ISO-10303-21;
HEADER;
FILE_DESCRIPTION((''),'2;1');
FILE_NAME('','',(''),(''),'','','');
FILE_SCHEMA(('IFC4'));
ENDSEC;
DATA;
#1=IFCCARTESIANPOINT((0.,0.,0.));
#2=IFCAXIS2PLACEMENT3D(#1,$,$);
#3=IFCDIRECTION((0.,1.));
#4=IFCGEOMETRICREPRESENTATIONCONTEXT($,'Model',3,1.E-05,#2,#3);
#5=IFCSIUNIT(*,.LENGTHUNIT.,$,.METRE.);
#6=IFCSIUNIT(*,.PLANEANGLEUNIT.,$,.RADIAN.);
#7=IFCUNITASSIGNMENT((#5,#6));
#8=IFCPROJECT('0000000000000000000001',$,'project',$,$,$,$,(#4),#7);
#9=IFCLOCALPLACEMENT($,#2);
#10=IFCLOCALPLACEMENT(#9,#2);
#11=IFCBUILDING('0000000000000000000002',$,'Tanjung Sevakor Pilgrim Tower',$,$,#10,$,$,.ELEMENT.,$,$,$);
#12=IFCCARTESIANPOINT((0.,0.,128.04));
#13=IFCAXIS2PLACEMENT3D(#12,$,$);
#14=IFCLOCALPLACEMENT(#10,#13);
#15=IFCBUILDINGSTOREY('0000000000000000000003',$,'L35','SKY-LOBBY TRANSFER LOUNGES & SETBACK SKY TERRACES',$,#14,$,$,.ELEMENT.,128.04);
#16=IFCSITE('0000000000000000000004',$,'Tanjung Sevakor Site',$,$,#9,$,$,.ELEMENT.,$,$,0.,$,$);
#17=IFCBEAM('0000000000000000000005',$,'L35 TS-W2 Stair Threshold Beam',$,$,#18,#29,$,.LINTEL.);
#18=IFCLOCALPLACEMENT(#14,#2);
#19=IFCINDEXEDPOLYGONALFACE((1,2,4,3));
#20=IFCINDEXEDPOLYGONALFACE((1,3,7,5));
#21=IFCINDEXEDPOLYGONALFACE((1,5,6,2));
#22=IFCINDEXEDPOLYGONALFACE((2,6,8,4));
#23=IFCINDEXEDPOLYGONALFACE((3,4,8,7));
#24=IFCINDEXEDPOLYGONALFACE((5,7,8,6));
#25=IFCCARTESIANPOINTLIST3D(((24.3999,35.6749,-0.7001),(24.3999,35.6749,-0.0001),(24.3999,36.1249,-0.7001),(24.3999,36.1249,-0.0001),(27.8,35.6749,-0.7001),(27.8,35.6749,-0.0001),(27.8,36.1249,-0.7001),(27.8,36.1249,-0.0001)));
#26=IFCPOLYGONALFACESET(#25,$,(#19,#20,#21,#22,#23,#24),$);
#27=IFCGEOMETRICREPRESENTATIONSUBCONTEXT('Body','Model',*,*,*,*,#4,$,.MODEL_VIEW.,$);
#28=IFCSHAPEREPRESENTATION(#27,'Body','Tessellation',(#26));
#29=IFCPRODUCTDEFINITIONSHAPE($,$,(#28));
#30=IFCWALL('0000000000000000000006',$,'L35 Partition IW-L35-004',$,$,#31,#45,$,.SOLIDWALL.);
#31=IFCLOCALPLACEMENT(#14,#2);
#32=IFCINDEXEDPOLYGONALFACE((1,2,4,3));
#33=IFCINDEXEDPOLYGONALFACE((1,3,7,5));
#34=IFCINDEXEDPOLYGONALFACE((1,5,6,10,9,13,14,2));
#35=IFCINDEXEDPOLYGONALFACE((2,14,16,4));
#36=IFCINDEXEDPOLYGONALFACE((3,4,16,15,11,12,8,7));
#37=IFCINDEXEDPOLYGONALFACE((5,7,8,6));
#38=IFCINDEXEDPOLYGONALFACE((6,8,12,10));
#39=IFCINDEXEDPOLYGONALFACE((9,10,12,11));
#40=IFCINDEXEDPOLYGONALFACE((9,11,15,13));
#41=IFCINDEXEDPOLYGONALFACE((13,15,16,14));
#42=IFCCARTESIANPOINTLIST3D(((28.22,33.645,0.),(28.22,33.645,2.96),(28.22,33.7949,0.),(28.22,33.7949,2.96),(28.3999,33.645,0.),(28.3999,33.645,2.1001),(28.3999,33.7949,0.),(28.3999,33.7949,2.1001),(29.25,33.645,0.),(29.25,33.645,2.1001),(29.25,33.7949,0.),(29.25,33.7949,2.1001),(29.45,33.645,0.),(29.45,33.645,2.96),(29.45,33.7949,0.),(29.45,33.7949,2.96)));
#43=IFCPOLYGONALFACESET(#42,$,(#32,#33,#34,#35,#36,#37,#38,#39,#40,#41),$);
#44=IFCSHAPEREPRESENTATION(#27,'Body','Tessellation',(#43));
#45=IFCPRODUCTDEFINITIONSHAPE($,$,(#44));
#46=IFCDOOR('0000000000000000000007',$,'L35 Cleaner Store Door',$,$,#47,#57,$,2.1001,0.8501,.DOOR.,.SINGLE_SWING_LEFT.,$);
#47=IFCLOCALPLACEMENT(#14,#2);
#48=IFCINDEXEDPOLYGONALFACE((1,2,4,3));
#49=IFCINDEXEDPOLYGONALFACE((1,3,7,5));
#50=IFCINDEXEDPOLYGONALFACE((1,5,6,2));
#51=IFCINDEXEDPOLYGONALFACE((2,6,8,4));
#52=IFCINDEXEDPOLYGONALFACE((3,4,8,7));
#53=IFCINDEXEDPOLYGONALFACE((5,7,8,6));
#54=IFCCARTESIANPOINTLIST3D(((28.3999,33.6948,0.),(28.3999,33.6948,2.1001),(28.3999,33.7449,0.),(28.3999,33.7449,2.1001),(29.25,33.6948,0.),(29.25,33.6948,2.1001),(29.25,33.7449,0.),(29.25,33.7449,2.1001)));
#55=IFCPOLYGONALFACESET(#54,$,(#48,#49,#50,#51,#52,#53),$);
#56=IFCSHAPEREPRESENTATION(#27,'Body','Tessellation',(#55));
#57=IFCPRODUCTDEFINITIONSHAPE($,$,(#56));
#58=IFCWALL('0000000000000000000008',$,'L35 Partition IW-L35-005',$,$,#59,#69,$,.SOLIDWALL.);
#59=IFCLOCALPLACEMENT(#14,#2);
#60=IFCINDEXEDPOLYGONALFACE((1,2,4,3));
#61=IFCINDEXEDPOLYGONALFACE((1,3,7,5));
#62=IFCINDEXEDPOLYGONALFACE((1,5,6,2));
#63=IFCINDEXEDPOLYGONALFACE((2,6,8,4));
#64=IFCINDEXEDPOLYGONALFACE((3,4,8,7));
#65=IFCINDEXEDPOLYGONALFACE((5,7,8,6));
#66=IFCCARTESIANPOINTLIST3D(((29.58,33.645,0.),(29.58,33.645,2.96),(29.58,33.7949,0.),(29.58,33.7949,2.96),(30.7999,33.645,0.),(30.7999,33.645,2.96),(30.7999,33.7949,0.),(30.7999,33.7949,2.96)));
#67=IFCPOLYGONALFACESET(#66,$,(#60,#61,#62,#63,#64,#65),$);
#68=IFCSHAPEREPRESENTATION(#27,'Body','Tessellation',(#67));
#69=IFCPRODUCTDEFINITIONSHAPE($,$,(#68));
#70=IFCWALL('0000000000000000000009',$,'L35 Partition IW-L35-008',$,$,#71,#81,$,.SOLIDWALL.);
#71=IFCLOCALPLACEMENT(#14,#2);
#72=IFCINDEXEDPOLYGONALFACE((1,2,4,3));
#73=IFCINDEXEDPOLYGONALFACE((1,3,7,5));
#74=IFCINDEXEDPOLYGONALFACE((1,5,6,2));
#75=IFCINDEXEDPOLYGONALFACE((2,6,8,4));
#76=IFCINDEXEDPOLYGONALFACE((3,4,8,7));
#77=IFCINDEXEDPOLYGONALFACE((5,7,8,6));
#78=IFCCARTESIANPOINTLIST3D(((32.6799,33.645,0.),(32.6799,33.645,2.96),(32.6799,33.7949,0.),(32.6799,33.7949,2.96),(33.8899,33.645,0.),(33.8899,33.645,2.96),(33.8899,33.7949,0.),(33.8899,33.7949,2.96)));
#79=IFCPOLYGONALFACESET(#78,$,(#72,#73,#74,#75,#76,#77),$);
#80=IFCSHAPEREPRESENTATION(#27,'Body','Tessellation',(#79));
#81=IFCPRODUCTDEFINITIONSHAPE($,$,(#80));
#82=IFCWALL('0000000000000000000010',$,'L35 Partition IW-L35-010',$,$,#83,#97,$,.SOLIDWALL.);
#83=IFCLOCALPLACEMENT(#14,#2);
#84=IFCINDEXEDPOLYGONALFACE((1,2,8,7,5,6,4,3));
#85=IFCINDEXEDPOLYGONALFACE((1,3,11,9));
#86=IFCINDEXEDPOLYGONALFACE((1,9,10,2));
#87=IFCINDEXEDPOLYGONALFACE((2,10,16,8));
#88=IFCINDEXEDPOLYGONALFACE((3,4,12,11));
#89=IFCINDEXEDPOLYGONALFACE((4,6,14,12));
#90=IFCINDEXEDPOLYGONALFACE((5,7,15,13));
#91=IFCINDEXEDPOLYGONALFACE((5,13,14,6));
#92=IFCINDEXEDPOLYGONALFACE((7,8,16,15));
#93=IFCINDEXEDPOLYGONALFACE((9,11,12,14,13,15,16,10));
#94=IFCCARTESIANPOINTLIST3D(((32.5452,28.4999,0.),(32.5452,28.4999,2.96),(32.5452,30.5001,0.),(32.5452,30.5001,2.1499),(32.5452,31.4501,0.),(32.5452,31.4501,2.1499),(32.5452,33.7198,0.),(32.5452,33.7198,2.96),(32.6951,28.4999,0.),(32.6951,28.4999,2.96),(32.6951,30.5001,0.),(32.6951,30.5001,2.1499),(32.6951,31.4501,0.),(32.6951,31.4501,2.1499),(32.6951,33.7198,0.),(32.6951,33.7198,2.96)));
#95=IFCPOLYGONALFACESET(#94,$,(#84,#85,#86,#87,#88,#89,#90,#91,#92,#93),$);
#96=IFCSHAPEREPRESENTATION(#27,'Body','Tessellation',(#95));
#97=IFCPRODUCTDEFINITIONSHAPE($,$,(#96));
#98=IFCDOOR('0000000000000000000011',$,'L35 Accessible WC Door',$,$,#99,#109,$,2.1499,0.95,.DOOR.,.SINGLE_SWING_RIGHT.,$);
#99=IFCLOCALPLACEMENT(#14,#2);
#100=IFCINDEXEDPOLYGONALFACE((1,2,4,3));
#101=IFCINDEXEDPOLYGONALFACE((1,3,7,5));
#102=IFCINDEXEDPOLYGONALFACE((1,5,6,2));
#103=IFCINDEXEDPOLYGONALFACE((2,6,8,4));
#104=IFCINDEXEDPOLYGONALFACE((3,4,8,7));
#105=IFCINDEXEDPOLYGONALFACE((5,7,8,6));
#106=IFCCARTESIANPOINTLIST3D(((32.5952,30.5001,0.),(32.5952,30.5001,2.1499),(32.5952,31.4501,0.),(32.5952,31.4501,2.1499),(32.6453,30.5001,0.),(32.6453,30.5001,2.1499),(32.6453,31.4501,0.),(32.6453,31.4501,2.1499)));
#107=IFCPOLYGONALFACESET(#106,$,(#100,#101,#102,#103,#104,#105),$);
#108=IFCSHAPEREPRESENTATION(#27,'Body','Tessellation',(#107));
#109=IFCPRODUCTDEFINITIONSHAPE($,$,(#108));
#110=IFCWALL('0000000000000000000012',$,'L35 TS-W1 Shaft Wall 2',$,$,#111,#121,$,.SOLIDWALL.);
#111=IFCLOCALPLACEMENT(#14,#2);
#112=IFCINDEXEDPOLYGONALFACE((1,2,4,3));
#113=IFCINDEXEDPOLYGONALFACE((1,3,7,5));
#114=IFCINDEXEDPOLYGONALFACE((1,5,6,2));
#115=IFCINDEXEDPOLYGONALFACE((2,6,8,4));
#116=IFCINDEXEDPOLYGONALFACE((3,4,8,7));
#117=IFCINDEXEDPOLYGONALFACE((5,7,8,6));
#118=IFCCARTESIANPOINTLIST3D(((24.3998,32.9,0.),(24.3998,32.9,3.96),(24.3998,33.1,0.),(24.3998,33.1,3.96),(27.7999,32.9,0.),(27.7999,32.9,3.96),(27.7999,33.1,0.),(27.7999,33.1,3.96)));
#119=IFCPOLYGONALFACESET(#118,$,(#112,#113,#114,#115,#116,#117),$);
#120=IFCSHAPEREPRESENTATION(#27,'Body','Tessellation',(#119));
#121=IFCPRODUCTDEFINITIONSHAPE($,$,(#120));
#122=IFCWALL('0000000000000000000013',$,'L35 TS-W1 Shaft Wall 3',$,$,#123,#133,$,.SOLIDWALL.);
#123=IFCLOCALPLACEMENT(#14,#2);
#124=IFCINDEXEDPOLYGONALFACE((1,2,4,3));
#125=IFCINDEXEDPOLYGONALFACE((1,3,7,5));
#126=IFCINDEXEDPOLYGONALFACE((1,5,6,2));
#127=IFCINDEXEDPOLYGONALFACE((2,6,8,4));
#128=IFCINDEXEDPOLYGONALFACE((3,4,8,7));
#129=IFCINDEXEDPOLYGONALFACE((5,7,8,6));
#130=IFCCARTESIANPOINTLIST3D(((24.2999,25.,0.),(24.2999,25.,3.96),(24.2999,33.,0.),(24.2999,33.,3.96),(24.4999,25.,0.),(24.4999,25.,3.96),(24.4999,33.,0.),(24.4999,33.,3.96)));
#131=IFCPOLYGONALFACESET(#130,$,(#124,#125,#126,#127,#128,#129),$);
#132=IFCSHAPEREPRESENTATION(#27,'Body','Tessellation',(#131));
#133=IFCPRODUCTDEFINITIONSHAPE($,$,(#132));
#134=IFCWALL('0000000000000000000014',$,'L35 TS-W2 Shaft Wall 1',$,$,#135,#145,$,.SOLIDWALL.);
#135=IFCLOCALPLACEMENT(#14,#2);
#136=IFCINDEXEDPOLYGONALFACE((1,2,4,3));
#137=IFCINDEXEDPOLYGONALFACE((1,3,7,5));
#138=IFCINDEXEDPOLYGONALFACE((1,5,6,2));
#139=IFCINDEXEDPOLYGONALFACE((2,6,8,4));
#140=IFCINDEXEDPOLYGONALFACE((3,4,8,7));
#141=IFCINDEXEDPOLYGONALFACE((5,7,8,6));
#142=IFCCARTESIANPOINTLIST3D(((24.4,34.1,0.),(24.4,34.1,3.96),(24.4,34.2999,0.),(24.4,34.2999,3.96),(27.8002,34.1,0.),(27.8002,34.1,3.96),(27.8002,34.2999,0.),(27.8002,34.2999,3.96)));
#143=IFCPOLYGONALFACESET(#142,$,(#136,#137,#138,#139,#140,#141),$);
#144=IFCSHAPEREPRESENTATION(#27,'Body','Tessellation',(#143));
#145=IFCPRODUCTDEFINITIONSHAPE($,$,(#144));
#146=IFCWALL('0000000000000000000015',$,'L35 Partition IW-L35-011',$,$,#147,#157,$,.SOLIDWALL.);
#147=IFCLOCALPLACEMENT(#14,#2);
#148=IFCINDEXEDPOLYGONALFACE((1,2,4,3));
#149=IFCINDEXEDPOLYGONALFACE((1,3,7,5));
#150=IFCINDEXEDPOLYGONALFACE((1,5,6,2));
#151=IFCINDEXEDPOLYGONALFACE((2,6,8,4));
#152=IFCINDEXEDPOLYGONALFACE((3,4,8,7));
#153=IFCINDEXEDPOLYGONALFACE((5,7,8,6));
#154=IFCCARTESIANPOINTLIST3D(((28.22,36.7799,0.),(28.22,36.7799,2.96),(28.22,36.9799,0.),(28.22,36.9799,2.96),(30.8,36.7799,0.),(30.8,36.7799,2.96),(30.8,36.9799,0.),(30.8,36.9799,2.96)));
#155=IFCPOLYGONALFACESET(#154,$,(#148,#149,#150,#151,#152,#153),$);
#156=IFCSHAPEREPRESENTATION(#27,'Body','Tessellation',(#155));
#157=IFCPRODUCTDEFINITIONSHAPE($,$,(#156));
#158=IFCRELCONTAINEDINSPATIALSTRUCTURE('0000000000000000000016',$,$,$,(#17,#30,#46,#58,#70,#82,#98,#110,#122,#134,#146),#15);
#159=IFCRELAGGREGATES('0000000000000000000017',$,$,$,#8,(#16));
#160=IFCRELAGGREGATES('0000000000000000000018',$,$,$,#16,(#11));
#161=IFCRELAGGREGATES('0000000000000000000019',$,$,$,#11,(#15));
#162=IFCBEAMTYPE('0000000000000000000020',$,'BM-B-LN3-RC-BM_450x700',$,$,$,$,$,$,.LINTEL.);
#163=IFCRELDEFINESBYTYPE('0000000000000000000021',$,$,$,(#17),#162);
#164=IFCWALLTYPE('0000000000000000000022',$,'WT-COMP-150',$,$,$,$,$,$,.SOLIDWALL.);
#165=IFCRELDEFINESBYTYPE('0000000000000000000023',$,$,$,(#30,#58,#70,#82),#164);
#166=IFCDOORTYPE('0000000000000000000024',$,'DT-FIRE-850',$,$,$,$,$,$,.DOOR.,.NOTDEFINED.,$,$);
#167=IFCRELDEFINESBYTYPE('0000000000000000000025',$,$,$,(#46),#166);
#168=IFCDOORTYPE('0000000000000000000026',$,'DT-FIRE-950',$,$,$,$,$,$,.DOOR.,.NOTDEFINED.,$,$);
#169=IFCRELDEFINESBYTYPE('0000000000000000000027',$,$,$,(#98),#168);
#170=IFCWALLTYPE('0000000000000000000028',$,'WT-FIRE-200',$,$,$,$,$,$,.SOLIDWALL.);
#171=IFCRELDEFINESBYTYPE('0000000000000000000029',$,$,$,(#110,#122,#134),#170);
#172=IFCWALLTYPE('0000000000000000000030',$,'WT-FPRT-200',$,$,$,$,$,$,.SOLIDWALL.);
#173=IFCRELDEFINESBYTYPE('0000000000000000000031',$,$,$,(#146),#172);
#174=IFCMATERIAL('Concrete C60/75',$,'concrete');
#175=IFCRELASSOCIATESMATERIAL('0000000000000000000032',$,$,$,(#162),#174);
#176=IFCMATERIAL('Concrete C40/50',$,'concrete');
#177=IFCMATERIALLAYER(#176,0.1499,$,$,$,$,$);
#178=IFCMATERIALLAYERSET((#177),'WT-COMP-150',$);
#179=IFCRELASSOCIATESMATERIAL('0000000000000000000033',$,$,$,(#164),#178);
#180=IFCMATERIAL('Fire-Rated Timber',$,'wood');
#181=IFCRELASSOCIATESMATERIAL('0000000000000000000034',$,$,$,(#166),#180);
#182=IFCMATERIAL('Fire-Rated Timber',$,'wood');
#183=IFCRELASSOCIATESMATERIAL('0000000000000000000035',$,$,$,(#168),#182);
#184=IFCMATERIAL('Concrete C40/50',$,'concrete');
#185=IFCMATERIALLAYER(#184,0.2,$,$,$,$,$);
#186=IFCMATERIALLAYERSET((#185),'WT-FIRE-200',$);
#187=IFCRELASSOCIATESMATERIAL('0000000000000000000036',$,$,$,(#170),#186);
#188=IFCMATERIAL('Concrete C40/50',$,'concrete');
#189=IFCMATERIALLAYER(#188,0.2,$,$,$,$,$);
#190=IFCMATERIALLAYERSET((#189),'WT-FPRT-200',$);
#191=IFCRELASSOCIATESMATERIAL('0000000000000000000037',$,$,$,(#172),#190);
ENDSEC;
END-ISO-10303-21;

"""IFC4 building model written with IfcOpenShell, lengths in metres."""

from ifc_helpers import new_model, si_unit, direction, frame, frame_2d, origin, origin_2d, place, context, subcontext, project, spatial, rectangle, extrude, material, layer, layer_set, material_profile, profile_set, type_object, element, fill, save


model = new_model("IFC4")

# Units and contexts
model_context = context("Model", 3, precision=1e-05, world=origin(), true_north=direction((0.0, 1.0)))
body_context = subcontext(model_context, "Body", "Model", "MODEL_VIEW")
ifc_project = project(units=[si_unit("LENGTHUNIT", "METRE"), si_unit("PLANEANGLEUNIT", "RADIAN")], contexts=[model_context])

# Site, building, storey
site_placement = place(None, origin())
site = spatial("IfcSite", under=ifc_project, at=site_placement, Name="Tanjung Sevakor Site", CompositionType="ELEMENT", RefElevation=0.0)
building_placement = place(site_placement, origin())
building = spatial("IfcBuilding", under=site, at=building_placement, Name="Tanjung Sevakor Pilgrim Tower", CompositionType="ELEMENT")
storey_placement = place(building_placement, frame((0.0, 0.0, 128.04)))
storey = spatial("IfcBuildingStorey", under=building, at=storey_placement, Name="L35", Description="SKY-LOBBY TRANSFER LOUNGES & SETBACK SKY TERRACES", CompositionType="ELEMENT", Elevation=128.04)

# Beam
ifc_material_1 = material(Name="Concrete C60/75", Category="concrete")
ifc_material_profile = material_profile(ifc_material_1, rectangle(XDim=0.45, YDim=0.7, at=origin_2d()))
ifc_profile_set = profile_set([ifc_material_profile], Name="Concrete C60/75")
beam_type = type_object("IfcBeamType", Name="BM-B-LN3-RC-BM_450x700", PredefinedType="LINTEL", material=ifc_profile_set)
beam_placement = place(storey_placement, frame((24.3999, 35.8999, -0.3501), z_axis=(1.0, 0.0, 0.0), x_axis=(0.0, 1.0, 0.0)))
element("IfcBeam", 1, at=beam_placement, inside=storey, type_object=beam_type, Name="L35 TS-W2 Stair Threshold Beam", PredefinedType="LINTEL", context=body_context, shape_type="SweptSolid", body=[
    extrude(rectangle(XDim=0.45, YDim=0.7, at=origin_2d()), origin(), (0.0, 0.0, 1.0), 3.4001),
])

# Wall, opening, door
ifc_material_2 = material(Name="Concrete C40/50", Category="concrete")
ifc_layer_1 = layer(ifc_material_2, 0.1499)
ifc_layer_set_1 = layer_set([ifc_layer_1], Name="WT-COMP-150")
wall_type_1 = type_object("IfcWallType", Name="WT-COMP-150", PredefinedType="SOLIDWALL", material=ifc_layer_set_1)
wall_1_placement = place(storey_placement, frame((28.22, 33.72, 0.0), z_axis=(0.0, 0.0, 1.0), x_axis=(1.0, 0.0, 0.0)))
wall_1 = element("IfcWall", 2, at=wall_1_placement, inside=storey, type_object=wall_type_1, Name="L35 Partition IW-L35-004", PredefinedType="SOLIDWALL", context=body_context, shape_type="SweptSolid", body=[
    extrude(rectangle(XDim=1.23, YDim=0.1499, at=frame_2d((0.615, 0.0))), origin(), (0.0, 0.0, 1.0), 2.96),
])
opening_1_placement = place(wall_1_placement, frame((0.1799, 0.0, 0.0)))
opening_1 = element("IfcOpeningElement", 3, at=opening_1_placement, cuts=wall_1, PredefinedType="OPENING", context=body_context, shape_type="SweptSolid", body=[
    extrude(rectangle(XDim=0.8501, YDim=2.1001, at=frame_2d((0.425, 1.05))), frame((0.0, 0.085, 0.0), z_axis=(0.0, -1.0, 0.0), x_axis=(1.0, 0.0, 0.0)), (0.0, 0.0, 1.0), 0.1699),
])
ifc_material_3 = material(Name="Fire-Rated Timber", Category="wood")
door_type_1 = type_object("IfcDoorType", Name="DT-FIRE-850", OperationType="NOTDEFINED", PredefinedType="DOOR", material=ifc_material_3)
door_1_placement = place(opening_1_placement, origin())
door_1 = element("IfcDoor", 4, at=door_1_placement, inside=storey, type_object=door_type_1, Name="L35 Cleaner Store Door", OperationType="SINGLE_SWING_LEFT", OverallHeight=2.1001, OverallWidth=0.8501, PredefinedType="DOOR", context=body_context, shape_type="SweptSolid", body=[
    extrude(rectangle(XDim=0.8501, YDim=2.1001, at=frame_2d((0.425, 1.05))), frame((0.0, 0.0249, 0.0), z_axis=(0.0, -1.0, 0.0), x_axis=(1.0, 0.0, 0.0)), (0.0, 0.0, 1.0), 0.05),
])
fill(opening_1, door_1)

# Walls
wall_2_placement = place(storey_placement, frame((29.5801, 33.72, 0.0), z_axis=(0.0, 0.0, 1.0), x_axis=(1.0, 0.0, 0.0)))
element("IfcWall", 5, at=wall_2_placement, inside=storey, type_object=wall_type_1, Name="L35 Partition IW-L35-005", PredefinedType="SOLIDWALL", context=body_context, shape_type="SweptSolid", body=[
    extrude(rectangle(XDim=1.22, YDim=0.1499, at=frame_2d((0.6099, 0.0))), origin(), (0.0, 0.0, 1.0), 2.96),
])
wall_3_placement = place(storey_placement, frame((32.6799, 33.72, 0.0), z_axis=(0.0, 0.0, 1.0), x_axis=(1.0, 0.0, 0.0)))
element("IfcWall", 6, at=wall_3_placement, inside=storey, type_object=wall_type_1, Name="L35 Partition IW-L35-008", PredefinedType="SOLIDWALL", context=body_context, shape_type="SweptSolid", body=[
    extrude(rectangle(XDim=1.21, YDim=0.1499, at=frame_2d((0.605, 0.0))), origin(), (0.0, 0.0, 1.0), 2.96),
])

# Wall, opening, door
wall_4_placement = place(storey_placement, frame((32.6201, 28.5, 0.0), z_axis=(0.0, 0.0, 1.0), x_axis=(0.0, 1.0, 0.0)))
wall_4 = element("IfcWall", 7, at=wall_4_placement, inside=storey, type_object=wall_type_1, Name="L35 Partition IW-L35-010", PredefinedType="SOLIDWALL", context=body_context, shape_type="SweptSolid", body=[
    extrude(rectangle(XDim=5.22, YDim=0.1499, at=frame_2d((2.6099, 0.0))), origin(), (0.0, 0.0, 1.0), 2.96),
])
opening_2_placement = place(wall_4_placement, frame((2.0, 0.0, 0.0)))
opening_2 = element("IfcOpeningElement", 8, at=opening_2_placement, cuts=wall_4, PredefinedType="OPENING", context=body_context, shape_type="SweptSolid", body=[
    extrude(rectangle(XDim=0.95, YDim=2.1499, at=frame_2d((0.4751, 1.075))), frame((0.0, 0.085, 0.0), z_axis=(0.0, -1.0, 0.0), x_axis=(1.0, 0.0, 0.0)), (0.0, 0.0, 1.0), 0.1699),
])
ifc_material_4 = material(Name="Fire-Rated Timber", Category="wood")
door_type_2 = type_object("IfcDoorType", Name="DT-FIRE-950", OperationType="NOTDEFINED", PredefinedType="DOOR", material=ifc_material_4)
door_2_placement = place(opening_2_placement, origin())
door_2 = element("IfcDoor", 9, at=door_2_placement, inside=storey, type_object=door_type_2, Name="L35 Accessible WC Door", OperationType="SINGLE_SWING_RIGHT", OverallHeight=2.1499, OverallWidth=0.95, PredefinedType="DOOR", context=body_context, shape_type="SweptSolid", body=[
    extrude(rectangle(XDim=0.95, YDim=2.1499, at=frame_2d((0.4751, 1.075))), frame((0.0, 0.0249, 0.0), z_axis=(0.0, -1.0, 0.0), x_axis=(1.0, 0.0, 0.0)), (0.0, 0.0, 1.0), 0.05),
])
fill(opening_2, door_2)

# Walls
ifc_material_5 = material(Name="Concrete C40/50", Category="concrete")
ifc_layer_2 = layer(ifc_material_5, 0.2)
ifc_layer_set_2 = layer_set([ifc_layer_2], Name="WT-FIRE-200")
wall_type_2 = type_object("IfcWallType", Name="WT-FIRE-200", PredefinedType="SOLIDWALL", material=ifc_layer_set_2)
wall_5_placement = place(storey_placement, frame((27.8, 33.0, 0.0), z_axis=(0.0, 0.0, 1.0), x_axis=(-1.0, 0.0, 0.0)))
element("IfcWall", 10, at=wall_5_placement, inside=storey, type_object=wall_type_2, Name="L35 TS-W1 Shaft Wall 2", PredefinedType="SOLIDWALL", context=body_context, shape_type="SweptSolid", body=[
    extrude(rectangle(XDim=3.4001, YDim=0.2, at=frame_2d((1.7002, 0.0))), origin(), (0.0, 0.0, 1.0), 3.96),
])
wall_6_placement = place(storey_placement, frame((24.3999, 33.0, 0.0), z_axis=(0.0, 0.0, 1.0), x_axis=(0.0, -1.0, 0.0)))
element("IfcWall", 11, at=wall_6_placement, inside=storey, type_object=wall_type_2, Name="L35 TS-W1 Shaft Wall 3", PredefinedType="SOLIDWALL", context=body_context, shape_type="SweptSolid", body=[
    extrude(rectangle(XDim=8.0, YDim=0.2, at=frame_2d((4.0, 0.0))), origin(), (0.0, 0.0, 1.0), 3.96),
])
wall_7_placement = place(storey_placement, frame((24.3999, 34.2, 0.0), z_axis=(0.0, 0.0, 1.0), x_axis=(1.0, 0.0, 0.0)))
element("IfcWall", 12, at=wall_7_placement, inside=storey, type_object=wall_type_2, Name="L35 TS-W2 Shaft Wall 1", PredefinedType="SOLIDWALL", context=body_context, shape_type="SweptSolid", body=[
    extrude(rectangle(XDim=3.4001, YDim=0.2, at=frame_2d((1.7002, 0.0))), origin(), (0.0, 0.0, 1.0), 3.96),
])
ifc_material_6 = material(Name="Concrete C40/50", Category="concrete")
ifc_layer_3 = layer(ifc_material_6, 0.2)
ifc_layer_set_3 = layer_set([ifc_layer_3], Name="WT-FPRT-200")
wall_type_3 = type_object("IfcWallType", Name="WT-FPRT-200", PredefinedType="SOLIDWALL", material=ifc_layer_set_3)
wall_8_placement = place(storey_placement, frame((28.22, 36.8799, 0.0), z_axis=(0.0, 0.0, 1.0), x_axis=(1.0, 0.0, 0.0)))
element("IfcWall", 13, at=wall_8_placement, inside=storey, type_object=wall_type_3, Name="L35 Partition IW-L35-011", PredefinedType="SOLIDWALL", context=body_context, shape_type="SweptSolid", body=[
    extrude(rectangle(XDim=2.5801, YDim=0.2, at=frame_2d((1.29, 0.0))), origin(), (0.0, 0.0, 1.0), 2.96),
])

save(model, "model.ifc")
